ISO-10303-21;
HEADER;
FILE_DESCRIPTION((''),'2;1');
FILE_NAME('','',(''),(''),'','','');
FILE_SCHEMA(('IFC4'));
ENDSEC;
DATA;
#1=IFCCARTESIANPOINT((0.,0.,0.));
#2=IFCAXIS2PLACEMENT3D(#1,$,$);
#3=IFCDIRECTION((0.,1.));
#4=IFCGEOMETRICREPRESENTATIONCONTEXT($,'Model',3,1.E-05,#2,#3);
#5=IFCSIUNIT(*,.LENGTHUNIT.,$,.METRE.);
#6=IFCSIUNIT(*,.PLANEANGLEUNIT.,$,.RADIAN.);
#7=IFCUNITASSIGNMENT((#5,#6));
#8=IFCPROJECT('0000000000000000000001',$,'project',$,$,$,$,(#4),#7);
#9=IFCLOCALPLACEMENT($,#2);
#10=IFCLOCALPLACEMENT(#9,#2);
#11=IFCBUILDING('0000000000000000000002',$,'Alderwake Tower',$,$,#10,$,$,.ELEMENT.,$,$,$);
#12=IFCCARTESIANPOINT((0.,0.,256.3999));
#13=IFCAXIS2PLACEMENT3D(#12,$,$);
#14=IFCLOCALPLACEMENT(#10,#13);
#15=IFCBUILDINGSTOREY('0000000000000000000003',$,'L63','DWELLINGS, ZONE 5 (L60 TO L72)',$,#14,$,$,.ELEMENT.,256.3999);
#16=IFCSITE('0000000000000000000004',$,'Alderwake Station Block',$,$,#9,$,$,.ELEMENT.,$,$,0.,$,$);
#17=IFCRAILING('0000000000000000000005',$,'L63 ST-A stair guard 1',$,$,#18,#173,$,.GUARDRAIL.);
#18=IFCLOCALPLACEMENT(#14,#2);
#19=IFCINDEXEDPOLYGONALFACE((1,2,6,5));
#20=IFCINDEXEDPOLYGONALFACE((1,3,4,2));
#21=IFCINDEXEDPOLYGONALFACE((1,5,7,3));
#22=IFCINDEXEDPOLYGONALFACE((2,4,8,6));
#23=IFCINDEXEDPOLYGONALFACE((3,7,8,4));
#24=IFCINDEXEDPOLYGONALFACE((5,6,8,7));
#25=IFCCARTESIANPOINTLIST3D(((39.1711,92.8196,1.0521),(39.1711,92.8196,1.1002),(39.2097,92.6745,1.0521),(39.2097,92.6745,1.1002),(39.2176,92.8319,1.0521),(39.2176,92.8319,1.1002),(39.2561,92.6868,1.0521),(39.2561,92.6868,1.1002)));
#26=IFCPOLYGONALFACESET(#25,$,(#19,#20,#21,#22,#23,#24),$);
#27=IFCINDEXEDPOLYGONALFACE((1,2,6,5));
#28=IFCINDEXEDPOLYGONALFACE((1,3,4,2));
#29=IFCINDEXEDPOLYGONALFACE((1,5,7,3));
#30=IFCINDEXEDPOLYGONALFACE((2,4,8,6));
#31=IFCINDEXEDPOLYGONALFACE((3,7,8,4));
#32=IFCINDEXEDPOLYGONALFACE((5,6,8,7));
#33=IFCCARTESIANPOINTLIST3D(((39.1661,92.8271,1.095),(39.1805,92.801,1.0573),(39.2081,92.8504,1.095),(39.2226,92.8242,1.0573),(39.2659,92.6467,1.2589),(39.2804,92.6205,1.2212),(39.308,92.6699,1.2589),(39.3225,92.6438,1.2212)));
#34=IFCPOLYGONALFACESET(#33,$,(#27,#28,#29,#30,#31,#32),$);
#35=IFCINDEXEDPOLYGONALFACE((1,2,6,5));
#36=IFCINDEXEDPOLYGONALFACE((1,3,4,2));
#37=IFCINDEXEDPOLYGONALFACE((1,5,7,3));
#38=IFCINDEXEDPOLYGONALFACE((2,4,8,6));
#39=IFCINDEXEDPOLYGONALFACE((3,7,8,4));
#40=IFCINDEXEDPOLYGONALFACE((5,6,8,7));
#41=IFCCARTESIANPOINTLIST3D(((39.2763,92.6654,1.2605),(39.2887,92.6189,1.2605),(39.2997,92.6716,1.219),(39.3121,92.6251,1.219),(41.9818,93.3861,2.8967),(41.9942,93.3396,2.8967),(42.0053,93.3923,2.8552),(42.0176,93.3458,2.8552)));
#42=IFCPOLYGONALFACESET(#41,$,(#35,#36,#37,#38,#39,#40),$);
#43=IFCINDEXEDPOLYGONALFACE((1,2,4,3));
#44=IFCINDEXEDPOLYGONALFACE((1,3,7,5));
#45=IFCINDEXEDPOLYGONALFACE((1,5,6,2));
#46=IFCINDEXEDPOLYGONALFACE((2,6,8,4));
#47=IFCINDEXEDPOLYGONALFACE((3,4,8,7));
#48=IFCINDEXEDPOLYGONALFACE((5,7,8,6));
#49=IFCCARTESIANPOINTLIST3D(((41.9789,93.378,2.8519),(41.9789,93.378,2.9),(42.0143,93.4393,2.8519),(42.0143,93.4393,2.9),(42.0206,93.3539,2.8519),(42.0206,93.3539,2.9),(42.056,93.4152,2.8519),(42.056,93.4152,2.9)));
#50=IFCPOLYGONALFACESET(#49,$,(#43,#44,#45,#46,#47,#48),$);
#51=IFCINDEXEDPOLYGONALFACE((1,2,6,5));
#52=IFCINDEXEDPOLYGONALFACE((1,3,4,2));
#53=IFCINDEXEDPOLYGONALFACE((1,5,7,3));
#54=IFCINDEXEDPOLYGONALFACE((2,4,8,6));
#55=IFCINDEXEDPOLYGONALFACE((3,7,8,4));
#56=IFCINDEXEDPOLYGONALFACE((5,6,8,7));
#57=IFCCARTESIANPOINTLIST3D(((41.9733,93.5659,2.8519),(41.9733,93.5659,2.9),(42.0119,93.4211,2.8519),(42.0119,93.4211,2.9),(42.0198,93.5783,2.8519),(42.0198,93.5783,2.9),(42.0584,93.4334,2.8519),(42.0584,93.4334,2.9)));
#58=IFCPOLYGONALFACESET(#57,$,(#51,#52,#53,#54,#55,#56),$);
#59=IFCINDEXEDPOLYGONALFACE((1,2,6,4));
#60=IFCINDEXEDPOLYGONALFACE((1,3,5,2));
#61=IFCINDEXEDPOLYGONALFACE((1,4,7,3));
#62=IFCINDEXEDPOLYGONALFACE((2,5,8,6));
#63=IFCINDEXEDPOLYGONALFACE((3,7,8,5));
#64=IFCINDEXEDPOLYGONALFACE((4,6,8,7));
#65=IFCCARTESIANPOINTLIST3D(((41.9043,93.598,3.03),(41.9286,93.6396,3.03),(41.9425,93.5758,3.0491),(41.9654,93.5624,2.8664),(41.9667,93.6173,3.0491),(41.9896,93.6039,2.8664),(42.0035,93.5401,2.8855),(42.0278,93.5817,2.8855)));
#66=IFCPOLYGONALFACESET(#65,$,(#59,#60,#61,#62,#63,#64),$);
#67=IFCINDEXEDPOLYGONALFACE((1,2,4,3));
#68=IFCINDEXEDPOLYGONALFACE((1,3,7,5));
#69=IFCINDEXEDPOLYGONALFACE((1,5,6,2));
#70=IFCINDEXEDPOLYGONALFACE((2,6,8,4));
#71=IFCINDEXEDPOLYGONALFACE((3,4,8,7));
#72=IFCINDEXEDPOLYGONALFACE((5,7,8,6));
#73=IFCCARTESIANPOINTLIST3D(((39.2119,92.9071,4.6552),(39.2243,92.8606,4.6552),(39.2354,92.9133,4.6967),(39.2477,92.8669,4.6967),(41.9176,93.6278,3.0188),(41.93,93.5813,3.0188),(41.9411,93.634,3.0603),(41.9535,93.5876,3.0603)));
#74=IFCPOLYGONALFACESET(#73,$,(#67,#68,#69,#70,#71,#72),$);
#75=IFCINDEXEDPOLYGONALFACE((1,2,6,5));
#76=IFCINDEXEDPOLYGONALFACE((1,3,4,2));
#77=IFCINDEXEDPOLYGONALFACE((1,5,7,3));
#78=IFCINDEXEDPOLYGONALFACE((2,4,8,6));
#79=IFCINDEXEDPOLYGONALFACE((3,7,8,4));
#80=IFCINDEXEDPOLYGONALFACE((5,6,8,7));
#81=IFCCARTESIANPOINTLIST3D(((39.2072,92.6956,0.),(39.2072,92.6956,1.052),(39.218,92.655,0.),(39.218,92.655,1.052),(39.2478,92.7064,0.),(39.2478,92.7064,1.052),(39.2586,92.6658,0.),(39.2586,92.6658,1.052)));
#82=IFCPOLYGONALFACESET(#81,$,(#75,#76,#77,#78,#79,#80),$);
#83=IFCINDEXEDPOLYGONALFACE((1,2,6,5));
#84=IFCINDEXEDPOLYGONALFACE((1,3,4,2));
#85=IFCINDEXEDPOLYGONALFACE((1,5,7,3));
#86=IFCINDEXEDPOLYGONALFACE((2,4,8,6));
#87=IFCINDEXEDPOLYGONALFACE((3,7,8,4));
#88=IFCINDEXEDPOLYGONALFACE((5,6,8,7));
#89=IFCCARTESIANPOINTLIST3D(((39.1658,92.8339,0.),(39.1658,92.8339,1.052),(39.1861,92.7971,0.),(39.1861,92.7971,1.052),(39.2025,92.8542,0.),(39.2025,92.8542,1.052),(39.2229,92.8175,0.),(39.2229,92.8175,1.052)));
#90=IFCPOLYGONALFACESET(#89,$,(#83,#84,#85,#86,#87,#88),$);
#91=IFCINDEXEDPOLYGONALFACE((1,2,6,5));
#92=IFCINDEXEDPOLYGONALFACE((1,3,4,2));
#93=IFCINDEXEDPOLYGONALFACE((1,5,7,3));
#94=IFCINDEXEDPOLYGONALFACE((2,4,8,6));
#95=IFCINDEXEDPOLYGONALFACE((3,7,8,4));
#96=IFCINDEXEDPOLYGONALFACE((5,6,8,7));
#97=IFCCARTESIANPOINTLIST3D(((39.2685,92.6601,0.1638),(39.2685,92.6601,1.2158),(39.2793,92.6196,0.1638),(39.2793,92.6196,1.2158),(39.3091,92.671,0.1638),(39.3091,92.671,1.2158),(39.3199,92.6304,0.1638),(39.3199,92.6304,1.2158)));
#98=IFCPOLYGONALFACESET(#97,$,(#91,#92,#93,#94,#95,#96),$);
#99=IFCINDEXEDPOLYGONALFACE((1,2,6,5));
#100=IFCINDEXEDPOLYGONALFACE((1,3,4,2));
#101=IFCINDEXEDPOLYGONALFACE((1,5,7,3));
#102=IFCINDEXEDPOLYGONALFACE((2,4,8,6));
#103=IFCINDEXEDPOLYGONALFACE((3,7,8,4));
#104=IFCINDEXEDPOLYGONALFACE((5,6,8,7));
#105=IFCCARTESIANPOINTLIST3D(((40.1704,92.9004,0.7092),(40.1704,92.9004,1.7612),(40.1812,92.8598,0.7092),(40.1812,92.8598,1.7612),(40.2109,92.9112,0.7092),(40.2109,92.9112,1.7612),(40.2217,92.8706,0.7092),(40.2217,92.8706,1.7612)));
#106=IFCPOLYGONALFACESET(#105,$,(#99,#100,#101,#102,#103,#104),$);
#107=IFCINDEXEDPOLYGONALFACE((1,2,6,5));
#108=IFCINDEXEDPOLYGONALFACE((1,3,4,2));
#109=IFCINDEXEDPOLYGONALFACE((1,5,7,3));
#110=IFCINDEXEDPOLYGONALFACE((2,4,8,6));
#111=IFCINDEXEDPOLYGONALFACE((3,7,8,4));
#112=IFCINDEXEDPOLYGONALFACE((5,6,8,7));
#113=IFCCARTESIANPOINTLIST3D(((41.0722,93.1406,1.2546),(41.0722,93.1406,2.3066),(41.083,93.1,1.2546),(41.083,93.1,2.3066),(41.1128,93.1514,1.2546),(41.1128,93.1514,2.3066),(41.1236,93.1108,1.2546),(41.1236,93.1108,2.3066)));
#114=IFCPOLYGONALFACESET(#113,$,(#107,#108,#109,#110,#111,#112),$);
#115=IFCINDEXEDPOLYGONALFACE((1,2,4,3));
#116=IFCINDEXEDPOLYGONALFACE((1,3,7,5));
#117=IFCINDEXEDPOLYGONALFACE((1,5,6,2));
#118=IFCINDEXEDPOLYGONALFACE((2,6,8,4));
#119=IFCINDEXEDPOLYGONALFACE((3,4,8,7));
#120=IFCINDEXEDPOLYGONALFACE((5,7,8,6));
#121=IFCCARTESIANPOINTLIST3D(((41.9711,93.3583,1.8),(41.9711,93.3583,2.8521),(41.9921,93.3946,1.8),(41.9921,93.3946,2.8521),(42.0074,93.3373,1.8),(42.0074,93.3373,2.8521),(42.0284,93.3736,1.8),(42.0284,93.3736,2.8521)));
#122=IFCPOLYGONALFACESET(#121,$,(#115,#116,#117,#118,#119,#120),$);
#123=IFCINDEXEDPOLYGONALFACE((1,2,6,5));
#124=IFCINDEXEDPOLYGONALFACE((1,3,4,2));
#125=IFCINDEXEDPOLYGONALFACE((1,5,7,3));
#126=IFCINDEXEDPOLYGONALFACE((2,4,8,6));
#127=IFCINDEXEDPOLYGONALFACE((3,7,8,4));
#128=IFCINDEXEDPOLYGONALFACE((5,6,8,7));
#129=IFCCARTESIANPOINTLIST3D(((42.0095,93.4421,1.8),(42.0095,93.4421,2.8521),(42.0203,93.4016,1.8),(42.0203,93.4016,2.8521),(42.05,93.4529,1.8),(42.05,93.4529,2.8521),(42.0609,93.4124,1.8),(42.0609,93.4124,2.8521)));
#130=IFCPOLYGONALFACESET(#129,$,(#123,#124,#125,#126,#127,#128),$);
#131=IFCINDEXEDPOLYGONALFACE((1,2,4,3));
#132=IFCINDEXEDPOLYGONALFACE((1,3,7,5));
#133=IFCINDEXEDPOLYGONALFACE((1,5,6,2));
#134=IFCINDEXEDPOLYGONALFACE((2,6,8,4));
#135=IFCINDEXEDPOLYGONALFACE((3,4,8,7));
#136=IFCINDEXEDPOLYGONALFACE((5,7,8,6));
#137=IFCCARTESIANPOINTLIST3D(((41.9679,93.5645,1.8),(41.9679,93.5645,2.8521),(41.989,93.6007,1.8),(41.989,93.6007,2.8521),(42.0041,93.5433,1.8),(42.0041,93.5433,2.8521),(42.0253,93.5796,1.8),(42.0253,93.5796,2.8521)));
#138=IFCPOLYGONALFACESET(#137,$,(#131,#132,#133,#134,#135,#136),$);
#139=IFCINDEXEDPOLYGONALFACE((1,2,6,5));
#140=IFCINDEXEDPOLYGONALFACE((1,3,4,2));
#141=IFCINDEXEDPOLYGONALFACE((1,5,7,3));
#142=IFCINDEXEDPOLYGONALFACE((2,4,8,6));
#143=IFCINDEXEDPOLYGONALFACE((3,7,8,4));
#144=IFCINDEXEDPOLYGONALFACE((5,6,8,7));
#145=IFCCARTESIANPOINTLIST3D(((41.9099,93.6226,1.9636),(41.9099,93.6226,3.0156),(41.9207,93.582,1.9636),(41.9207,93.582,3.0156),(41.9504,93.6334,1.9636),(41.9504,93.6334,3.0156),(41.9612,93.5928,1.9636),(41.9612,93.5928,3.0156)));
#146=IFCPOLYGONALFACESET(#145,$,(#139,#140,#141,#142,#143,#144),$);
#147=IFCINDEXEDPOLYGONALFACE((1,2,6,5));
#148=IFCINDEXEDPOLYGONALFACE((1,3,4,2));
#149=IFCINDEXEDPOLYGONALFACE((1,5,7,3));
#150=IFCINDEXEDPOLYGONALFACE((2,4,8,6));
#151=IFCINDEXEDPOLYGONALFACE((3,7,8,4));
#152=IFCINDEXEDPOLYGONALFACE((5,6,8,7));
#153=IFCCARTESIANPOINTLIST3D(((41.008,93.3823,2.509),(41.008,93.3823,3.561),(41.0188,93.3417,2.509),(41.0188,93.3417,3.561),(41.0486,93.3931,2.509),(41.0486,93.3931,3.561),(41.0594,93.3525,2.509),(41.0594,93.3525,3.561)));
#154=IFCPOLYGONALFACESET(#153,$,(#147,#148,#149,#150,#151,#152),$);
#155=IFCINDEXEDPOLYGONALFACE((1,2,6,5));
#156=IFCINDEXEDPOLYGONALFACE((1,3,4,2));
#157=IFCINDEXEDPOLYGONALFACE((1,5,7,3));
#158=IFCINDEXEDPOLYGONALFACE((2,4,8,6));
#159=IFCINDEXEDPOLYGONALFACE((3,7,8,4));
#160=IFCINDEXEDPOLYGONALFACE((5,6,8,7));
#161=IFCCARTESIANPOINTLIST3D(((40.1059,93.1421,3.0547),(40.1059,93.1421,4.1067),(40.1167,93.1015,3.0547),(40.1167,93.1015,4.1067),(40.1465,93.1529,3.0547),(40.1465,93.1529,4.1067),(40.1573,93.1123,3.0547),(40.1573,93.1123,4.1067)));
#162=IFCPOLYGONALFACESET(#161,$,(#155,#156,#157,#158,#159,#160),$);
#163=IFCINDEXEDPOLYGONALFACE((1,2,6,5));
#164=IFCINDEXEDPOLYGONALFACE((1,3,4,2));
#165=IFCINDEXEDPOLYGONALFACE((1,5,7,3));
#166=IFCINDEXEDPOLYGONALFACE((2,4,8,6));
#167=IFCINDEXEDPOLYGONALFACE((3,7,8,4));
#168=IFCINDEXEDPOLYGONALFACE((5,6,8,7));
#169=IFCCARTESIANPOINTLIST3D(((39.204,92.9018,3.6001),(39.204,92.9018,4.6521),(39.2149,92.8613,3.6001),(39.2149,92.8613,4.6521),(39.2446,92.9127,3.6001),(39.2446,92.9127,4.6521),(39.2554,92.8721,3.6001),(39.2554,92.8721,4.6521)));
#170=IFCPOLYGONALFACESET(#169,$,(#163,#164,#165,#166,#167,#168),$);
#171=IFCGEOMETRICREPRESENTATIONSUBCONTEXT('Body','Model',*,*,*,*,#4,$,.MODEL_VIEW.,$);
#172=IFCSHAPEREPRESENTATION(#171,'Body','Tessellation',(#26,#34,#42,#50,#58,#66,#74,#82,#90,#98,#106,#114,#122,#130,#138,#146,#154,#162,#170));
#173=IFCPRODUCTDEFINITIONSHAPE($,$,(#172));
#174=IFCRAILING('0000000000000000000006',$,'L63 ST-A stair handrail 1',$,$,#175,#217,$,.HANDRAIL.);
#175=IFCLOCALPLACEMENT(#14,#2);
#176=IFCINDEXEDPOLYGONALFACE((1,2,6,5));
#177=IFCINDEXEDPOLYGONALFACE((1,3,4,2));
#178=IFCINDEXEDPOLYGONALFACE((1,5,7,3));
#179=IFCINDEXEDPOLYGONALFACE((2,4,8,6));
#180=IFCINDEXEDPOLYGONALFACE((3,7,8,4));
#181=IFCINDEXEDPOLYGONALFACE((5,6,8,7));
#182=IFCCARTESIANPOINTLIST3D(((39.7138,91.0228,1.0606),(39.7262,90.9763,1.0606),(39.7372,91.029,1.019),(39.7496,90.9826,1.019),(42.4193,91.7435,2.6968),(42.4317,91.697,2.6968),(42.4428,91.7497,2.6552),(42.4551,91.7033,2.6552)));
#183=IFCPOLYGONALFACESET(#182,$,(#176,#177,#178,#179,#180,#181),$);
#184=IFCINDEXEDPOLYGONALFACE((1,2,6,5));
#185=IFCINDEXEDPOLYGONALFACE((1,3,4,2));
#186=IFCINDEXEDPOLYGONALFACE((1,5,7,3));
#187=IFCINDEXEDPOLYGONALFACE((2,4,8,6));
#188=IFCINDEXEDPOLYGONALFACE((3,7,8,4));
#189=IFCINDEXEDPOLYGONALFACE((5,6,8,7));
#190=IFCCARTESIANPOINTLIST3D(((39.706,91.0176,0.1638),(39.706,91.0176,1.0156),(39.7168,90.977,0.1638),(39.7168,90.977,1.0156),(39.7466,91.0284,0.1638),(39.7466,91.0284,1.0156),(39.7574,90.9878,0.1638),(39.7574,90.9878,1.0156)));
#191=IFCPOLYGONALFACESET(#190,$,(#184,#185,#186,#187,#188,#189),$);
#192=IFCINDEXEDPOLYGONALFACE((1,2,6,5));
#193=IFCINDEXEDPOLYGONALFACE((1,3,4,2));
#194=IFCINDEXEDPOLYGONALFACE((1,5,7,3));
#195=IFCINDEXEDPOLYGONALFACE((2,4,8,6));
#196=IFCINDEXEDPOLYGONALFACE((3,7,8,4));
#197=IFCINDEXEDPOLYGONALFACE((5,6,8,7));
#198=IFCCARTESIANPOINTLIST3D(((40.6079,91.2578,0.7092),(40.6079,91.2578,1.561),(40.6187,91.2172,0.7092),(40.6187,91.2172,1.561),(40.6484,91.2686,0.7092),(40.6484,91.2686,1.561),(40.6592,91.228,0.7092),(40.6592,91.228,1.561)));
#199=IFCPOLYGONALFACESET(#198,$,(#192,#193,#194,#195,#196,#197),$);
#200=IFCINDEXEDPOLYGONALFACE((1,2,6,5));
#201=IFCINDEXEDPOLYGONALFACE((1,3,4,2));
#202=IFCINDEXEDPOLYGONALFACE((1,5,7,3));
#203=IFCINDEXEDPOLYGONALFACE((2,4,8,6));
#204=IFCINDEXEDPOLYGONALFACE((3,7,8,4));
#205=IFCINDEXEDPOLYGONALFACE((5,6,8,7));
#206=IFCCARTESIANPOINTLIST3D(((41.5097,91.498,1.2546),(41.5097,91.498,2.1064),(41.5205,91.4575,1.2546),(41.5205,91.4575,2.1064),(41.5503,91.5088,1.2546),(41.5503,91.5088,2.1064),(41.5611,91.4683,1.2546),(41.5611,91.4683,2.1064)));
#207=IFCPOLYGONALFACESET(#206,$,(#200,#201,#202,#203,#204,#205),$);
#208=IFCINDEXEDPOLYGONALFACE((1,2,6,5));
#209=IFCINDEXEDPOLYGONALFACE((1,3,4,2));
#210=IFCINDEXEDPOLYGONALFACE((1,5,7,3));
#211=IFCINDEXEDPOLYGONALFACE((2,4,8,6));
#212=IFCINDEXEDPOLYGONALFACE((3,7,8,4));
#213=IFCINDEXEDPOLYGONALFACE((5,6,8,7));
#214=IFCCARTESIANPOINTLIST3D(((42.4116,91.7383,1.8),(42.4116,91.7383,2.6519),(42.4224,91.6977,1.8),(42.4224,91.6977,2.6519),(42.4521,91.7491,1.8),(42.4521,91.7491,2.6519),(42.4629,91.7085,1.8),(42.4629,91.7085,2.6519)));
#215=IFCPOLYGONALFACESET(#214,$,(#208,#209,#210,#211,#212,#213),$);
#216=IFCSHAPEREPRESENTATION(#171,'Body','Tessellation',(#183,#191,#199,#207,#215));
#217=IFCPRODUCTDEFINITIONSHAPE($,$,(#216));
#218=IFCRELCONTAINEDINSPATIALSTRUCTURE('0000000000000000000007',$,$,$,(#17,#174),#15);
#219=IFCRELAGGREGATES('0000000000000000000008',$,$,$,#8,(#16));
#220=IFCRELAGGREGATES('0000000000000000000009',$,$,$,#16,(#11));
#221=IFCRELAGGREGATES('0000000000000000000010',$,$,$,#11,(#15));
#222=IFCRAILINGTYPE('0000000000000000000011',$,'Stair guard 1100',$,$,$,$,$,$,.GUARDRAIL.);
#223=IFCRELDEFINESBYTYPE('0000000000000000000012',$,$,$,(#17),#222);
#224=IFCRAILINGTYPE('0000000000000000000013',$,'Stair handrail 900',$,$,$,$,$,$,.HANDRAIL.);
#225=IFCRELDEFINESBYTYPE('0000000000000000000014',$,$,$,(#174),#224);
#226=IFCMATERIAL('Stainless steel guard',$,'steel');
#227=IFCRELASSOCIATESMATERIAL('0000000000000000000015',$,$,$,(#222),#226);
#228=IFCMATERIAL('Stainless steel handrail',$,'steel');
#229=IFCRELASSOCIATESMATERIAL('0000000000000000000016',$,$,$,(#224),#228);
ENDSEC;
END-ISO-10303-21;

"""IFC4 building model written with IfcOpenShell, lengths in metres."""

from ifc_helpers import new_model, si_unit, direction, frame, origin, origin_2d, place, context, subcontext, project, spatial, rectangle, extrude, material, type_object, element, save


model = new_model("IFC4")

# Units and contexts
model_context = context("Model", 3, precision=1e-05, world=origin(), true_north=direction((0.0, 1.0)))
body_context = subcontext(model_context, "Body", "Model", "MODEL_VIEW")
ifc_project = project(units=[si_unit("LENGTHUNIT", "METRE"), si_unit("PLANEANGLEUNIT", "RADIAN")], contexts=[model_context])

# Site, building, storey
site_placement = place(None, origin())
site = spatial("IfcSite", under=ifc_project, at=site_placement, Name="Alderwake Station Block", CompositionType="ELEMENT", RefElevation=0.0)
building_placement = place(site_placement, origin())
building = spatial("IfcBuilding", under=site, at=building_placement, Name="Alderwake Tower", CompositionType="ELEMENT")
storey_placement = place(building_placement, frame((0.0, 0.0, 256.3999)))
storey = spatial("IfcBuildingStorey", under=building, at=storey_placement, Name="L63", Description="DWELLINGS, ZONE 5 (L60 TO L72)", CompositionType="ELEMENT", Elevation=256.3999)

# Railings
ifc_material_1 = material(Name="Stainless steel guard", Category="steel")
railing_type_1 = type_object("IfcRailingType", Name="Stair guard 1100", PredefinedType="GUARDRAIL", material=ifc_material_1)
railing_1_placement = place(storey_placement, frame((39.2329, 92.6807, 0.0)))
element("IfcRailing", 1, at=railing_1_placement, inside=storey, type_object=railing_type_1, Name="L63 ST-A stair guard 1", PredefinedType="GUARDRAIL", context=body_context, shape_type="SweptSolid", body=[
    extrude(rectangle(XDim=0.0481, YDim=0.0481, at=origin_2d()), frame((0.0, 0.0, 1.0762), z_axis=(-0.257055, 0.966397, 0.0), x_axis=(-0.966397, -0.257055, 0.0)), (0.0, 0.0, 1.0), 0.1501),
    extrude(rectangle(XDim=0.0481, YDim=0.0481, at=origin_2d()), frame((-0.0386, 0.145, 1.0762), z_axis=(0.379152, -0.685069, 0.622032), x_axis=(0.874938, 0.484235, 0.0)), (0.0, 0.0, 1.0), 0.2634),
    extrude(rectangle(XDim=0.0481, YDim=0.0481, at=origin_2d()), frame((0.0613, -0.0354, 1.2397), z_axis=(0.834291, 0.222237, 0.504549), x_axis=(-0.257402, 0.966304, 0.0)), (0.0, 0.0, 1.0), 3.2429),
    extrude(rectangle(XDim=0.0481, YDim=0.0481, at=origin_2d()), frame((2.7668, 0.6853, 2.876), z_axis=(0.50022, 0.865898, 0.0), x_axis=(-0.865898, 0.50022, 0.0)), (0.0, 0.0, 1.0), 0.0708),
    extrude(rectangle(XDim=0.0481, YDim=0.0481, at=origin_2d()), frame((2.8022, 0.7466, 2.876), z_axis=(-0.25746, 0.966289, 0.0), x_axis=(-0.966289, -0.25746, 0.0)), (0.0, 0.0, 1.0), 0.1499),
    extrude(rectangle(XDim=0.0481, YDim=0.0481, at=origin_2d()), frame((2.7637, 0.8914, 2.876), z_axis=(-0.342525, 0.200035, 0.917967), x_axis=(-0.5043, -0.863528, 0.0)), (0.0, 0.0, 1.0), 0.1782),
    extrude(rectangle(XDim=0.0481, YDim=0.0481, at=origin_2d()), frame((2.7026, 0.927, 3.0396), z_axis=(-0.834282, -0.222214, 0.504574), x_axis=(0.25738, -0.96631, 0.0)), (0.0, 0.0, 1.0), 3.2432),
    extrude(rectangle(XDim=0.042, YDim=0.042, at=origin_2d()), frame((0.0, 0.0, 0.0), z_axis=(0.0, 0.0, 1.0), x_axis=(-0.257055, 0.966397, 0.0)), (0.0, 0.0, 1.0), 1.052),
    extrude(rectangle(XDim=0.042, YDim=0.042, at=origin_2d()), frame((-0.0386, 0.145, 0.0), z_axis=(0.0, 0.0, 1.0), x_axis=(0.484235, -0.874938, 0.0)), (0.0, 0.0, 1.0), 1.052),
    extrude(rectangle(XDim=0.042, YDim=0.042, at=origin_2d()), frame((0.0613, -0.0354, 0.1638), z_axis=(0.0, 0.0, 1.0), x_axis=(0.966304, 0.257402, 0.0)), (0.0, 0.0, 1.0), 1.052),
    extrude(rectangle(XDim=0.042, YDim=0.042, at=origin_2d()), frame((0.9631, 0.2048, 0.7092), z_axis=(0.0, 0.0, 1.0), x_axis=(0.966304, 0.257402, 0.0)), (0.0, 0.0, 1.0), 1.052),
    extrude(rectangle(XDim=0.042, YDim=0.042, at=origin_2d()), frame((1.865, 0.4451, 1.2546), z_axis=(0.0, 0.0, 1.0), x_axis=(0.966304, 0.257402, 0.0)), (0.0, 0.0, 1.0), 1.052),
    extrude(rectangle(XDim=0.042, YDim=0.042, at=origin_2d()), frame((2.7668, 0.6853, 1.8), z_axis=(0.0, 0.0, 1.0), x_axis=(0.50022, 0.865898, 0.0)), (0.0, 0.0, 1.0), 1.052),
    extrude(rectangle(XDim=0.042, YDim=0.042, at=origin_2d()), frame((2.8022, 0.7466, 1.8), z_axis=(0.0, 0.0, 1.0), x_axis=(-0.25746, 0.966289, 0.0)), (0.0, 0.0, 1.0), 1.052),
    extrude(rectangle(XDim=0.042, YDim=0.042, at=origin_2d()), frame((2.7637, 0.8914, 1.8), z_axis=(0.0, 0.0, 1.0), x_axis=(-0.863528, 0.5043, 0.0)), (0.0, 0.0, 1.0), 1.052),
    extrude(rectangle(XDim=0.042, YDim=0.042, at=origin_2d()), frame((2.7026, 0.927, 1.9636), z_axis=(0.0, 0.0, 1.0), x_axis=(-0.96631, -0.25738, 0.0)), (0.0, 0.0, 1.0), 1.052),
    extrude(rectangle(XDim=0.042, YDim=0.042, at=origin_2d()), frame((1.8008, 0.6868, 2.509), z_axis=(0.0, 0.0, 1.0), x_axis=(-0.96631, -0.25738, 0.0)), (0.0, 0.0, 1.0), 1.052),
    extrude(rectangle(XDim=0.042, YDim=0.042, at=origin_2d()), frame((0.8987, 0.4465, 3.0547), z_axis=(0.0, 0.0, 1.0), x_axis=(-0.96631, -0.25738, 0.0)), (0.0, 0.0, 1.0), 1.052),
    extrude(rectangle(XDim=0.042, YDim=0.042, at=origin_2d()), frame((-0.0032, 0.2063, 3.6001), z_axis=(0.0, 0.0, 1.0), x_axis=(-0.96631, -0.25738, 0.0)), (0.0, 0.0, 1.0), 1.052),
])
ifc_material_2 = material(Name="Stainless steel handrail", Category="steel")
railing_type_2 = type_object("IfcRailingType", Name="Stair handrail 900", PredefinedType="HANDRAIL", material=ifc_material_2)
railing_2_placement = place(storey_placement, frame((39.7317, 91.0027, 0.1638)))
element("IfcRailing", 2, at=railing_2_placement, inside=storey, type_object=railing_type_2, Name="L63 ST-A stair handrail 1", PredefinedType="HANDRAIL", context=body_context, shape_type="SweptSolid", body=[
    extrude(rectangle(XDim=0.0481, YDim=0.0481, at=origin_2d()), frame((0.0, 0.0, 0.876), z_axis=(0.834291, 0.222237, 0.504549), x_axis=(-0.257402, 0.966304, 0.0)), (0.0, 0.0, 1.0), 3.2429),
    extrude(rectangle(XDim=0.042, YDim=0.042, at=origin_2d()), frame((0.0, 0.0, 0.0), z_axis=(0.0, 0.0, 1.0), x_axis=(0.966304, 0.257402, 0.0)), (0.0, 0.0, 1.0), 0.8518),
    extrude(rectangle(XDim=0.042, YDim=0.042, at=origin_2d()), frame((0.9019, 0.2402, 0.5454), z_axis=(0.0, 0.0, 1.0), x_axis=(0.966304, 0.257402, 0.0)), (0.0, 0.0, 1.0), 0.8518),
    extrude(rectangle(XDim=0.042, YDim=0.042, at=origin_2d()), frame((1.8037, 0.4805, 1.0908), z_axis=(0.0, 0.0, 1.0), x_axis=(0.966304, 0.257402, 0.0)), (0.0, 0.0, 1.0), 0.8518),
    extrude(rectangle(XDim=0.042, YDim=0.042, at=origin_2d()), frame((2.7056, 0.7207, 1.6362), z_axis=(0.0, 0.0, 1.0), x_axis=(0.966304, 0.257402, 0.0)), (0.0, 0.0, 1.0), 0.8518),
])

save(model, "model.ifc")
